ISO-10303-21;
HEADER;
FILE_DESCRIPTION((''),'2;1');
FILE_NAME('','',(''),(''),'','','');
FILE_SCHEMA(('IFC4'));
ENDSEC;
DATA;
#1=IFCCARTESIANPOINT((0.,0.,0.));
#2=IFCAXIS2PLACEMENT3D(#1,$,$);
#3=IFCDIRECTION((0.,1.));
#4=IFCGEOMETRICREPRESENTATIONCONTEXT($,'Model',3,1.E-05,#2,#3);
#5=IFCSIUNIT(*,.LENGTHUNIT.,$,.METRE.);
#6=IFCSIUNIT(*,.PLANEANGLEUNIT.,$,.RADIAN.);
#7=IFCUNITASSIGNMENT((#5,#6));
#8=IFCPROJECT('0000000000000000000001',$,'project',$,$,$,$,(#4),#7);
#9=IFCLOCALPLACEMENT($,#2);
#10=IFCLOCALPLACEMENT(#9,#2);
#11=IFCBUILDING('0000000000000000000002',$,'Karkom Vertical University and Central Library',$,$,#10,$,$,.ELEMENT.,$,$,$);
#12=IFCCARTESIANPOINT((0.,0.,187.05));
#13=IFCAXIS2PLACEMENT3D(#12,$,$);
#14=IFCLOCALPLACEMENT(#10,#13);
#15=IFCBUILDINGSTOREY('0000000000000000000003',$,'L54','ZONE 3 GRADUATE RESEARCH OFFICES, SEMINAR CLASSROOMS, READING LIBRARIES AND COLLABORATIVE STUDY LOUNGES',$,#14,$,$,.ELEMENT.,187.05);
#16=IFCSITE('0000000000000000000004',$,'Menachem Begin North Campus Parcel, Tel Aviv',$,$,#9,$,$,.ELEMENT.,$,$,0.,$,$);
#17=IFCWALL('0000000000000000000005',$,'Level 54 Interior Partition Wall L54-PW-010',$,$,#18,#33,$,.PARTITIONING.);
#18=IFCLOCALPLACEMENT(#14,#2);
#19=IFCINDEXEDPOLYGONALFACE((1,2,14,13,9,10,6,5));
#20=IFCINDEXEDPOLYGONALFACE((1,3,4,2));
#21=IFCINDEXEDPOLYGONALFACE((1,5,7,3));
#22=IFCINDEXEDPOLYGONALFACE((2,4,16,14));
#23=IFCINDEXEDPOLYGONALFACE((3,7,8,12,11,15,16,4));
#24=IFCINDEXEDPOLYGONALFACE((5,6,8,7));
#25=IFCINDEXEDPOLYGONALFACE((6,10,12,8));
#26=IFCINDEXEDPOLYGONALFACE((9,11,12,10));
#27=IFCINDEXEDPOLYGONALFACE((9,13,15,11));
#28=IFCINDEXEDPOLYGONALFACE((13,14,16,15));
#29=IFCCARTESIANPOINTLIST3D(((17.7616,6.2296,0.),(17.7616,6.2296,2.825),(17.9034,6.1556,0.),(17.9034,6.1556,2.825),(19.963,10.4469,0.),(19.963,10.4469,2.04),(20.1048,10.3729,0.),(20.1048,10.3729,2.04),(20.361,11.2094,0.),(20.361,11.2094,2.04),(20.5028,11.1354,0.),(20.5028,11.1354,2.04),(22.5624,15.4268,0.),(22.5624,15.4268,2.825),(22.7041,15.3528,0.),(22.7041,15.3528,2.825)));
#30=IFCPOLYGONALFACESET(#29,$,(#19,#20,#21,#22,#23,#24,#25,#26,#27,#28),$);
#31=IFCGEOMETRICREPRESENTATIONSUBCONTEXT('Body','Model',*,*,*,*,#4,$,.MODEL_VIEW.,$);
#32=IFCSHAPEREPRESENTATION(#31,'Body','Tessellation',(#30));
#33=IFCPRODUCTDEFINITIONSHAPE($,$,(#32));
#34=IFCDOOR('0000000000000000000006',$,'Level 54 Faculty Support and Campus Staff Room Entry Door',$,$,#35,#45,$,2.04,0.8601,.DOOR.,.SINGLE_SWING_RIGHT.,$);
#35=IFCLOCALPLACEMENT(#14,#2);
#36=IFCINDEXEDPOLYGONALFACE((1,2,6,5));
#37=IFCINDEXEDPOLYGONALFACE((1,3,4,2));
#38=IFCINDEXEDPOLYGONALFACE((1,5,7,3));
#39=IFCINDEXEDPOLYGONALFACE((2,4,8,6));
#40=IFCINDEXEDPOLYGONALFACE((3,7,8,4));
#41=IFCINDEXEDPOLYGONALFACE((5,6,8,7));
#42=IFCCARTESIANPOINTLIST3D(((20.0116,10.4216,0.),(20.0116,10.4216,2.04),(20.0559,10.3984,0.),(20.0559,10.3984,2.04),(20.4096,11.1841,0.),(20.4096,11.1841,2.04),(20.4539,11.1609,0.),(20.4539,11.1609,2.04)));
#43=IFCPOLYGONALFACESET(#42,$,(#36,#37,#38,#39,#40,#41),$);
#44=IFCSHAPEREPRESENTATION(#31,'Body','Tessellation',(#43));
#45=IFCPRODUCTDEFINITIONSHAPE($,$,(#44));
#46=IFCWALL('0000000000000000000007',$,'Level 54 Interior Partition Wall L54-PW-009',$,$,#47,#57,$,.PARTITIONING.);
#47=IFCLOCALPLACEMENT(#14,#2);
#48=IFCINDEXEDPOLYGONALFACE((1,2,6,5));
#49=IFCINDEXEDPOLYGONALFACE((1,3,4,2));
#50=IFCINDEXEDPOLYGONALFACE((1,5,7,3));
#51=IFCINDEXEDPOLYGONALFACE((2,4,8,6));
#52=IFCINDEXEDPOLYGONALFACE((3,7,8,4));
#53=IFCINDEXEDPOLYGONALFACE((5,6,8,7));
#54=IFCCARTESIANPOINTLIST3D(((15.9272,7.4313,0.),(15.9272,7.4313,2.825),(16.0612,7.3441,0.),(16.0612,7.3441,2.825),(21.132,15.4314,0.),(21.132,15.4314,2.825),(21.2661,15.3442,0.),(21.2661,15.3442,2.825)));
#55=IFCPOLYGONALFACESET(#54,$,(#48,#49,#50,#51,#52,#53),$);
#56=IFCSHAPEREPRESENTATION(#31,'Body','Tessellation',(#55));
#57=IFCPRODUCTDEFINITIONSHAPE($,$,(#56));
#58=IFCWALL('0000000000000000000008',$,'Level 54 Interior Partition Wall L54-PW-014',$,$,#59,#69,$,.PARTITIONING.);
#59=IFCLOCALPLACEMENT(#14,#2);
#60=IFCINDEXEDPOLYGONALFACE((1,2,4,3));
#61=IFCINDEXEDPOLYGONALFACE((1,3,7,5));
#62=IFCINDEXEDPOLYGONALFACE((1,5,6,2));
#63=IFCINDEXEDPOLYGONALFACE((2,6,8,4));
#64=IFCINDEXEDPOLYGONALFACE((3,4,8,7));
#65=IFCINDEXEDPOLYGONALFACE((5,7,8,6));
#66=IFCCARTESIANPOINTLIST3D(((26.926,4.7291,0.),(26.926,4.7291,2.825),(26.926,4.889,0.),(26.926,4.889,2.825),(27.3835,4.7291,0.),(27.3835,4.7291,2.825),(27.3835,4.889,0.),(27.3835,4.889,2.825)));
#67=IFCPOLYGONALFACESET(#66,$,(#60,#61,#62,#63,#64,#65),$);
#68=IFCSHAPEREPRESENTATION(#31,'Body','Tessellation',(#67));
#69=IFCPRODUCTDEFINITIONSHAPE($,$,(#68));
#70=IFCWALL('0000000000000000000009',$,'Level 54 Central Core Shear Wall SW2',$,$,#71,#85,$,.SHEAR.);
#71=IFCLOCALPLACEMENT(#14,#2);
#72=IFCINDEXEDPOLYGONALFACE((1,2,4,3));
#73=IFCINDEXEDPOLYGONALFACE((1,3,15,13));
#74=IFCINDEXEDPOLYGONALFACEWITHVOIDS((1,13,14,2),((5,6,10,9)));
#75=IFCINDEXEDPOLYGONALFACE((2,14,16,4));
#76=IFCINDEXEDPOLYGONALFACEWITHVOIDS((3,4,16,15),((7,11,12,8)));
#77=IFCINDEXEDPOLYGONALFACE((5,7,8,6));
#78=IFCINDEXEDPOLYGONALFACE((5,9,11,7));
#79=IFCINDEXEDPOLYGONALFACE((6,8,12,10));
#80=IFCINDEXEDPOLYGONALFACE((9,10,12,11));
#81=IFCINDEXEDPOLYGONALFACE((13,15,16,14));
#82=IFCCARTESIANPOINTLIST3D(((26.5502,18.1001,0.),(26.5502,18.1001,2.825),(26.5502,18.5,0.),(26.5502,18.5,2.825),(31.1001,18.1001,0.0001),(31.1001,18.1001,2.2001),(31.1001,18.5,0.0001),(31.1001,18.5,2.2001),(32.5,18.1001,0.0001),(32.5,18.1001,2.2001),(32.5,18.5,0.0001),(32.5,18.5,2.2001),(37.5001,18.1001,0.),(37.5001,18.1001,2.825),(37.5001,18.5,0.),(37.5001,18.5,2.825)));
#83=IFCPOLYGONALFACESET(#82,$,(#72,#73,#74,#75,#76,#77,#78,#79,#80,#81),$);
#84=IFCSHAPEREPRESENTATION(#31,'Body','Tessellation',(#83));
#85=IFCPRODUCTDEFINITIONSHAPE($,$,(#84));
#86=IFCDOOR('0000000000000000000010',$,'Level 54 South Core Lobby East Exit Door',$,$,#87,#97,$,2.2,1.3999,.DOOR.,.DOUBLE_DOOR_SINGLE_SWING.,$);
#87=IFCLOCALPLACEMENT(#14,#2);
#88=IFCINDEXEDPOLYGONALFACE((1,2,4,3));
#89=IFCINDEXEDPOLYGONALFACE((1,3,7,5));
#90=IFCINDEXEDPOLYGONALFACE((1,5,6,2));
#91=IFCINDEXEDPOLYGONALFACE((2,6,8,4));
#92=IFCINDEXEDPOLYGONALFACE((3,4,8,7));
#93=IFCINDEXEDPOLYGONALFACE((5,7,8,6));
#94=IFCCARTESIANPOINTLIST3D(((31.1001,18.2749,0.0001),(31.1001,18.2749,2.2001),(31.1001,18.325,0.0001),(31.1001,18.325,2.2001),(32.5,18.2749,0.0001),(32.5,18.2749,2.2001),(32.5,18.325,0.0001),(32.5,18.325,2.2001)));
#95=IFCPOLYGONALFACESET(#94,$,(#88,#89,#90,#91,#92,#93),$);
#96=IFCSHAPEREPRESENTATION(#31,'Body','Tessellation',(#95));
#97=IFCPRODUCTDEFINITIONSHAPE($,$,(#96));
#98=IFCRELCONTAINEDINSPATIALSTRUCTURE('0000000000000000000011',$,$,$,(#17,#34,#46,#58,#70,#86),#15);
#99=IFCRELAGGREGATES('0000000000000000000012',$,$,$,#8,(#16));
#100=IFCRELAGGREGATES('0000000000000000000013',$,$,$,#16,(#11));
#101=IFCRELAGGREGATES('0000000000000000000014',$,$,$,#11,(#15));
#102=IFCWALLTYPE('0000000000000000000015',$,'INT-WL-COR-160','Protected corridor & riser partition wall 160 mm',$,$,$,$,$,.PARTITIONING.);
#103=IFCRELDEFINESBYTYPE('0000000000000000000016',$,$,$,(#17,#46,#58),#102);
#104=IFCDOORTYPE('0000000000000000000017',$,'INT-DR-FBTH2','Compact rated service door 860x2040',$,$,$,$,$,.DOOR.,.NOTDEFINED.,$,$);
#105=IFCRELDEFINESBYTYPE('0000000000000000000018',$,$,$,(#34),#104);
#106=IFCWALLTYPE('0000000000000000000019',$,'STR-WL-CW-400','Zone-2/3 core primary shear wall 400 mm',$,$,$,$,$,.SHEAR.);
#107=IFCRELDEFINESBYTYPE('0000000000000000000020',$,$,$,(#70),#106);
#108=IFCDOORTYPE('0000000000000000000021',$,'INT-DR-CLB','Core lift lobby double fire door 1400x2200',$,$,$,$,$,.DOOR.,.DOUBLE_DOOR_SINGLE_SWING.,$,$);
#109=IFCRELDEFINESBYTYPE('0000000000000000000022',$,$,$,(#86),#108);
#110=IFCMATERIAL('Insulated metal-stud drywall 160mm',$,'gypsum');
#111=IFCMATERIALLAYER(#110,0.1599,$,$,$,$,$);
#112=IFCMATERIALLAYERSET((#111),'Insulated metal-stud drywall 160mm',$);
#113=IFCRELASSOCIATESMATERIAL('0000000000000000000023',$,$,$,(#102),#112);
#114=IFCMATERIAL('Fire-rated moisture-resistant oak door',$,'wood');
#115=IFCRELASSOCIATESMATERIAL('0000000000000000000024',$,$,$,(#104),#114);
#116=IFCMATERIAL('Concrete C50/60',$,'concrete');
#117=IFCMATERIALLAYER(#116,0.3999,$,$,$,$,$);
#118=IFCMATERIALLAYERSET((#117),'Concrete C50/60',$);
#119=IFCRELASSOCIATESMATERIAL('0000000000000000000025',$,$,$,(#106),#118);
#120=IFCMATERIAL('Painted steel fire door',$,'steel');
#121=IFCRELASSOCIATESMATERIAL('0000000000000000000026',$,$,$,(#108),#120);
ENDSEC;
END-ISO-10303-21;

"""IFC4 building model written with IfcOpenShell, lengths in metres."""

from ifc_helpers import new_model, si_unit, direction, frame, frame_2d, origin, origin_with_axes, place, context, subcontext, project, spatial, rectangle, extrude, source, transform, mapped, material, layer, layer_set, type_object, element, fill, save


model = new_model("IFC4")

# Units and contexts
model_context = context("Model", 3, precision=1e-05, world=origin(), true_north=direction((0.0, 1.0)))
body_context = subcontext(model_context, "Body", "Model", "MODEL_VIEW")
ifc_project = project(units=[si_unit("LENGTHUNIT", "METRE"), si_unit("PLANEANGLEUNIT", "RADIAN")], contexts=[model_context])

# Site, building, storey
site_placement = place(None, origin())
site = spatial("IfcSite", under=ifc_project, at=site_placement, Name="Menachem Begin North Campus Parcel, Tel Aviv", CompositionType="ELEMENT", RefElevation=0.0)
building_placement = place(site_placement, origin())
building = spatial("IfcBuilding", under=site, at=building_placement, Name="Karkom Vertical University and Central Library", CompositionType="ELEMENT")
storey_placement = place(building_placement, frame((0.0, 0.0, 187.05)))
storey = spatial("IfcBuildingStorey", under=building, at=storey_placement, Name="L54", Description="ZONE 3 GRADUATE RESEARCH OFFICES, SEMINAR CLASSROOMS, READING LIBRARIES AND COLLABORATIVE STUDY LOUNGES", CompositionType="ELEMENT", Elevation=187.05)

# Shared definitions
ifc_material_1 = material(Name="Concrete C50/60", Category="concrete")

# Shared definitions
ifc_material_2 = material(Name="Insulated metal-stud drywall 160mm", Category="gypsum")
ifc_layer_1 = layer(ifc_material_2, 0.1599)
ifc_layer_set_1 = layer_set([ifc_layer_1], Name="Insulated metal-stud drywall 160mm")
wall_type_1 = type_object("IfcWallType", Name="INT-WL-COR-160", Description="Protected corridor & riser partition wall 160 mm", PredefinedType="PARTITIONING", material=ifc_layer_set_1)

# Wall, opening, door
wall_1_placement = place(storey_placement, frame((22.6333, 15.3899, 0.0), z_axis=(0.0, 0.0, 1.0), x_axis=(-0.462733, -0.886498, 0.0)))
wall_1 = element("IfcWall", 1, at=wall_1_placement, inside=storey, type_object=wall_type_1, Name="Level 54 Interior Partition Wall L54-PW-010", PredefinedType="PARTITIONING", context=body_context, shape_type="SweptSolid", body=[
    extrude(rectangle(XDim=10.3748, YDim=0.1599, at=frame_2d((5.1875, 0.0))), origin(), (0.0, 0.0, 1.0), 2.825),
])
opening_1_placement = place(wall_1_placement, frame((4.7573, 0.0, 0.0)))
opening_1 = element("IfcOpeningElement", 2, at=opening_1_placement, cuts=wall_1, PredefinedType="OPENING", context=body_context, shape_type="SweptSolid", body=[
    extrude(rectangle(XDim=0.8601, YDim=2.04, at=frame_2d((0.4302, 1.02))), frame((0.0, 0.0898, 0.0), z_axis=(0.0, -1.0, 0.0), x_axis=(1.0, 0.0, 0.0)), (0.0, 0.0, 1.0), 0.1799),
])
ifc_material_3 = material(Name="Fire-rated moisture-resistant oak door", Category="wood")
door_type_1 = type_object("IfcDoorType", Name="INT-DR-FBTH2", Description="Compact rated service door 860x2040", OperationType="NOTDEFINED", PredefinedType="DOOR", material=ifc_material_3)
shared_shape_1 = source(origin_with_axes(), body_context, "Body", "SweptSolid", [
    extrude(rectangle(XDim=0.8601, YDim=2.04, at=frame_2d((0.4302, 1.02))), frame((0.0, 0.0249, 0.0), z_axis=(0.0, -1.0, 0.0), x_axis=(1.0, 0.0, 0.0)), (0.0, 0.0, 1.0), 0.05),
])
door_1_placement = place(opening_1_placement, origin())
door_1 = element("IfcDoor", 3, at=door_1_placement, inside=storey, type_object=door_type_1, Name="Level 54 Faculty Support and Campus Staff Room Entry Door", OperationType="SINGLE_SWING_RIGHT", OverallHeight=2.04, OverallWidth=0.8601, PredefinedType="DOOR", context=body_context, shape_type="MappedRepresentation", body=[
    mapped(shared_shape_1, transform((0.0, 0.0, 0.0), scale=1.0)),
])
fill(opening_1, door_1)

# Walls
wall_2_placement = place(storey_placement, frame((21.199, 15.3877, 0.0), z_axis=(0.0, 0.0, 1.0), x_axis=(-0.545344, -0.838212, 0.0)))
element("IfcWall", 4, at=wall_2_placement, inside=storey, type_object=wall_type_1, Name="Level 54 Interior Partition Wall L54-PW-009", PredefinedType="PARTITIONING", context=body_context, shape_type="SweptSolid", body=[
    extrude(rectangle(XDim=9.5442, YDim=0.1599, at=frame_2d((4.772, 0.0))), origin(), (0.0, 0.0, 1.0), 2.825),
])
wall_3_placement = place(storey_placement, frame((26.926, 4.8091, 0.0), z_axis=(0.0, 0.0, 1.0), x_axis=(1.0, 0.0, 0.0)))
element("IfcWall", 5, at=wall_3_placement, inside=storey, type_object=wall_type_1, Name="Level 54 Interior Partition Wall L54-PW-014", PredefinedType="PARTITIONING", context=body_context, shape_type="SweptSolid", body=[
    extrude(rectangle(XDim=0.4575, YDim=0.1599, at=frame_2d((0.2288, 0.0))), origin(), (0.0, 0.0, 1.0), 2.825),
])

# Wall, opening, door
ifc_layer_2 = layer(ifc_material_1, 0.3999)
ifc_layer_set_2 = layer_set([ifc_layer_2], Name="Concrete C50/60")
wall_type_2 = type_object("IfcWallType", Name="STR-WL-CW-400", Description="Zone-2/3 core primary shear wall 400 mm", PredefinedType="SHEAR", material=ifc_layer_set_2)
wall_4_placement = place(storey_placement, frame((26.55, 18.3, 0.0), z_axis=(0.0, 0.0, 1.0), x_axis=(1.0, 0.0, 0.0)))
wall_4 = element("IfcWall", 6, at=wall_4_placement, inside=storey, type_object=wall_type_2, Name="Level 54 Central Core Shear Wall SW2", PredefinedType="SHEAR", context=body_context, shape_type="SweptSolid", body=[
    extrude(rectangle(XDim=10.95, YDim=0.3999, at=frame_2d((5.4751, 0.0))), origin(), (0.0, 0.0, 1.0), 2.825),
])
opening_2_placement = place(wall_4_placement, frame((4.55, 0.0, 0.0)))
opening_2 = element("IfcOpeningElement", 7, at=opening_2_placement, cuts=wall_4, PredefinedType="OPENING", context=body_context, shape_type="SweptSolid", body=[
    extrude(rectangle(XDim=1.3999, YDim=2.2, at=frame_2d((0.7, 1.1001))), frame((0.0, 0.21, 0.0), z_axis=(0.0, -1.0, 0.0), x_axis=(1.0, 0.0, 0.0)), (0.0, 0.0, 1.0), 0.4199),
])
ifc_material_4 = material(Name="Painted steel fire door", Category="steel")
door_type_2 = type_object("IfcDoorType", Name="INT-DR-CLB", Description="Core lift lobby double fire door 1400x2200", OperationType="DOUBLE_DOOR_SINGLE_SWING", PredefinedType="DOOR", material=ifc_material_4)
shared_shape_2 = source(origin_with_axes(), body_context, "Body", "SweptSolid", [
    extrude(rectangle(XDim=1.3999, YDim=2.2, at=frame_2d((0.7, 1.1001))), frame((0.0, 0.0249, 0.0), z_axis=(0.0, -1.0, 0.0), x_axis=(1.0, 0.0, 0.0)), (0.0, 0.0, 1.0), 0.05),
])
door_2_placement = place(opening_2_placement, origin())
door_2 = element("IfcDoor", 8, at=door_2_placement, inside=storey, type_object=door_type_2, Name="Level 54 South Core Lobby East Exit Door", OperationType="DOUBLE_DOOR_SINGLE_SWING", OverallHeight=2.2, OverallWidth=1.3999, PredefinedType="DOOR", context=body_context, shape_type="MappedRepresentation", body=[
    mapped(shared_shape_2, transform((0.0, 0.0, 0.0), scale=1.0)),
])
fill(opening_2, door_2)

save(model, "model.ifc")
